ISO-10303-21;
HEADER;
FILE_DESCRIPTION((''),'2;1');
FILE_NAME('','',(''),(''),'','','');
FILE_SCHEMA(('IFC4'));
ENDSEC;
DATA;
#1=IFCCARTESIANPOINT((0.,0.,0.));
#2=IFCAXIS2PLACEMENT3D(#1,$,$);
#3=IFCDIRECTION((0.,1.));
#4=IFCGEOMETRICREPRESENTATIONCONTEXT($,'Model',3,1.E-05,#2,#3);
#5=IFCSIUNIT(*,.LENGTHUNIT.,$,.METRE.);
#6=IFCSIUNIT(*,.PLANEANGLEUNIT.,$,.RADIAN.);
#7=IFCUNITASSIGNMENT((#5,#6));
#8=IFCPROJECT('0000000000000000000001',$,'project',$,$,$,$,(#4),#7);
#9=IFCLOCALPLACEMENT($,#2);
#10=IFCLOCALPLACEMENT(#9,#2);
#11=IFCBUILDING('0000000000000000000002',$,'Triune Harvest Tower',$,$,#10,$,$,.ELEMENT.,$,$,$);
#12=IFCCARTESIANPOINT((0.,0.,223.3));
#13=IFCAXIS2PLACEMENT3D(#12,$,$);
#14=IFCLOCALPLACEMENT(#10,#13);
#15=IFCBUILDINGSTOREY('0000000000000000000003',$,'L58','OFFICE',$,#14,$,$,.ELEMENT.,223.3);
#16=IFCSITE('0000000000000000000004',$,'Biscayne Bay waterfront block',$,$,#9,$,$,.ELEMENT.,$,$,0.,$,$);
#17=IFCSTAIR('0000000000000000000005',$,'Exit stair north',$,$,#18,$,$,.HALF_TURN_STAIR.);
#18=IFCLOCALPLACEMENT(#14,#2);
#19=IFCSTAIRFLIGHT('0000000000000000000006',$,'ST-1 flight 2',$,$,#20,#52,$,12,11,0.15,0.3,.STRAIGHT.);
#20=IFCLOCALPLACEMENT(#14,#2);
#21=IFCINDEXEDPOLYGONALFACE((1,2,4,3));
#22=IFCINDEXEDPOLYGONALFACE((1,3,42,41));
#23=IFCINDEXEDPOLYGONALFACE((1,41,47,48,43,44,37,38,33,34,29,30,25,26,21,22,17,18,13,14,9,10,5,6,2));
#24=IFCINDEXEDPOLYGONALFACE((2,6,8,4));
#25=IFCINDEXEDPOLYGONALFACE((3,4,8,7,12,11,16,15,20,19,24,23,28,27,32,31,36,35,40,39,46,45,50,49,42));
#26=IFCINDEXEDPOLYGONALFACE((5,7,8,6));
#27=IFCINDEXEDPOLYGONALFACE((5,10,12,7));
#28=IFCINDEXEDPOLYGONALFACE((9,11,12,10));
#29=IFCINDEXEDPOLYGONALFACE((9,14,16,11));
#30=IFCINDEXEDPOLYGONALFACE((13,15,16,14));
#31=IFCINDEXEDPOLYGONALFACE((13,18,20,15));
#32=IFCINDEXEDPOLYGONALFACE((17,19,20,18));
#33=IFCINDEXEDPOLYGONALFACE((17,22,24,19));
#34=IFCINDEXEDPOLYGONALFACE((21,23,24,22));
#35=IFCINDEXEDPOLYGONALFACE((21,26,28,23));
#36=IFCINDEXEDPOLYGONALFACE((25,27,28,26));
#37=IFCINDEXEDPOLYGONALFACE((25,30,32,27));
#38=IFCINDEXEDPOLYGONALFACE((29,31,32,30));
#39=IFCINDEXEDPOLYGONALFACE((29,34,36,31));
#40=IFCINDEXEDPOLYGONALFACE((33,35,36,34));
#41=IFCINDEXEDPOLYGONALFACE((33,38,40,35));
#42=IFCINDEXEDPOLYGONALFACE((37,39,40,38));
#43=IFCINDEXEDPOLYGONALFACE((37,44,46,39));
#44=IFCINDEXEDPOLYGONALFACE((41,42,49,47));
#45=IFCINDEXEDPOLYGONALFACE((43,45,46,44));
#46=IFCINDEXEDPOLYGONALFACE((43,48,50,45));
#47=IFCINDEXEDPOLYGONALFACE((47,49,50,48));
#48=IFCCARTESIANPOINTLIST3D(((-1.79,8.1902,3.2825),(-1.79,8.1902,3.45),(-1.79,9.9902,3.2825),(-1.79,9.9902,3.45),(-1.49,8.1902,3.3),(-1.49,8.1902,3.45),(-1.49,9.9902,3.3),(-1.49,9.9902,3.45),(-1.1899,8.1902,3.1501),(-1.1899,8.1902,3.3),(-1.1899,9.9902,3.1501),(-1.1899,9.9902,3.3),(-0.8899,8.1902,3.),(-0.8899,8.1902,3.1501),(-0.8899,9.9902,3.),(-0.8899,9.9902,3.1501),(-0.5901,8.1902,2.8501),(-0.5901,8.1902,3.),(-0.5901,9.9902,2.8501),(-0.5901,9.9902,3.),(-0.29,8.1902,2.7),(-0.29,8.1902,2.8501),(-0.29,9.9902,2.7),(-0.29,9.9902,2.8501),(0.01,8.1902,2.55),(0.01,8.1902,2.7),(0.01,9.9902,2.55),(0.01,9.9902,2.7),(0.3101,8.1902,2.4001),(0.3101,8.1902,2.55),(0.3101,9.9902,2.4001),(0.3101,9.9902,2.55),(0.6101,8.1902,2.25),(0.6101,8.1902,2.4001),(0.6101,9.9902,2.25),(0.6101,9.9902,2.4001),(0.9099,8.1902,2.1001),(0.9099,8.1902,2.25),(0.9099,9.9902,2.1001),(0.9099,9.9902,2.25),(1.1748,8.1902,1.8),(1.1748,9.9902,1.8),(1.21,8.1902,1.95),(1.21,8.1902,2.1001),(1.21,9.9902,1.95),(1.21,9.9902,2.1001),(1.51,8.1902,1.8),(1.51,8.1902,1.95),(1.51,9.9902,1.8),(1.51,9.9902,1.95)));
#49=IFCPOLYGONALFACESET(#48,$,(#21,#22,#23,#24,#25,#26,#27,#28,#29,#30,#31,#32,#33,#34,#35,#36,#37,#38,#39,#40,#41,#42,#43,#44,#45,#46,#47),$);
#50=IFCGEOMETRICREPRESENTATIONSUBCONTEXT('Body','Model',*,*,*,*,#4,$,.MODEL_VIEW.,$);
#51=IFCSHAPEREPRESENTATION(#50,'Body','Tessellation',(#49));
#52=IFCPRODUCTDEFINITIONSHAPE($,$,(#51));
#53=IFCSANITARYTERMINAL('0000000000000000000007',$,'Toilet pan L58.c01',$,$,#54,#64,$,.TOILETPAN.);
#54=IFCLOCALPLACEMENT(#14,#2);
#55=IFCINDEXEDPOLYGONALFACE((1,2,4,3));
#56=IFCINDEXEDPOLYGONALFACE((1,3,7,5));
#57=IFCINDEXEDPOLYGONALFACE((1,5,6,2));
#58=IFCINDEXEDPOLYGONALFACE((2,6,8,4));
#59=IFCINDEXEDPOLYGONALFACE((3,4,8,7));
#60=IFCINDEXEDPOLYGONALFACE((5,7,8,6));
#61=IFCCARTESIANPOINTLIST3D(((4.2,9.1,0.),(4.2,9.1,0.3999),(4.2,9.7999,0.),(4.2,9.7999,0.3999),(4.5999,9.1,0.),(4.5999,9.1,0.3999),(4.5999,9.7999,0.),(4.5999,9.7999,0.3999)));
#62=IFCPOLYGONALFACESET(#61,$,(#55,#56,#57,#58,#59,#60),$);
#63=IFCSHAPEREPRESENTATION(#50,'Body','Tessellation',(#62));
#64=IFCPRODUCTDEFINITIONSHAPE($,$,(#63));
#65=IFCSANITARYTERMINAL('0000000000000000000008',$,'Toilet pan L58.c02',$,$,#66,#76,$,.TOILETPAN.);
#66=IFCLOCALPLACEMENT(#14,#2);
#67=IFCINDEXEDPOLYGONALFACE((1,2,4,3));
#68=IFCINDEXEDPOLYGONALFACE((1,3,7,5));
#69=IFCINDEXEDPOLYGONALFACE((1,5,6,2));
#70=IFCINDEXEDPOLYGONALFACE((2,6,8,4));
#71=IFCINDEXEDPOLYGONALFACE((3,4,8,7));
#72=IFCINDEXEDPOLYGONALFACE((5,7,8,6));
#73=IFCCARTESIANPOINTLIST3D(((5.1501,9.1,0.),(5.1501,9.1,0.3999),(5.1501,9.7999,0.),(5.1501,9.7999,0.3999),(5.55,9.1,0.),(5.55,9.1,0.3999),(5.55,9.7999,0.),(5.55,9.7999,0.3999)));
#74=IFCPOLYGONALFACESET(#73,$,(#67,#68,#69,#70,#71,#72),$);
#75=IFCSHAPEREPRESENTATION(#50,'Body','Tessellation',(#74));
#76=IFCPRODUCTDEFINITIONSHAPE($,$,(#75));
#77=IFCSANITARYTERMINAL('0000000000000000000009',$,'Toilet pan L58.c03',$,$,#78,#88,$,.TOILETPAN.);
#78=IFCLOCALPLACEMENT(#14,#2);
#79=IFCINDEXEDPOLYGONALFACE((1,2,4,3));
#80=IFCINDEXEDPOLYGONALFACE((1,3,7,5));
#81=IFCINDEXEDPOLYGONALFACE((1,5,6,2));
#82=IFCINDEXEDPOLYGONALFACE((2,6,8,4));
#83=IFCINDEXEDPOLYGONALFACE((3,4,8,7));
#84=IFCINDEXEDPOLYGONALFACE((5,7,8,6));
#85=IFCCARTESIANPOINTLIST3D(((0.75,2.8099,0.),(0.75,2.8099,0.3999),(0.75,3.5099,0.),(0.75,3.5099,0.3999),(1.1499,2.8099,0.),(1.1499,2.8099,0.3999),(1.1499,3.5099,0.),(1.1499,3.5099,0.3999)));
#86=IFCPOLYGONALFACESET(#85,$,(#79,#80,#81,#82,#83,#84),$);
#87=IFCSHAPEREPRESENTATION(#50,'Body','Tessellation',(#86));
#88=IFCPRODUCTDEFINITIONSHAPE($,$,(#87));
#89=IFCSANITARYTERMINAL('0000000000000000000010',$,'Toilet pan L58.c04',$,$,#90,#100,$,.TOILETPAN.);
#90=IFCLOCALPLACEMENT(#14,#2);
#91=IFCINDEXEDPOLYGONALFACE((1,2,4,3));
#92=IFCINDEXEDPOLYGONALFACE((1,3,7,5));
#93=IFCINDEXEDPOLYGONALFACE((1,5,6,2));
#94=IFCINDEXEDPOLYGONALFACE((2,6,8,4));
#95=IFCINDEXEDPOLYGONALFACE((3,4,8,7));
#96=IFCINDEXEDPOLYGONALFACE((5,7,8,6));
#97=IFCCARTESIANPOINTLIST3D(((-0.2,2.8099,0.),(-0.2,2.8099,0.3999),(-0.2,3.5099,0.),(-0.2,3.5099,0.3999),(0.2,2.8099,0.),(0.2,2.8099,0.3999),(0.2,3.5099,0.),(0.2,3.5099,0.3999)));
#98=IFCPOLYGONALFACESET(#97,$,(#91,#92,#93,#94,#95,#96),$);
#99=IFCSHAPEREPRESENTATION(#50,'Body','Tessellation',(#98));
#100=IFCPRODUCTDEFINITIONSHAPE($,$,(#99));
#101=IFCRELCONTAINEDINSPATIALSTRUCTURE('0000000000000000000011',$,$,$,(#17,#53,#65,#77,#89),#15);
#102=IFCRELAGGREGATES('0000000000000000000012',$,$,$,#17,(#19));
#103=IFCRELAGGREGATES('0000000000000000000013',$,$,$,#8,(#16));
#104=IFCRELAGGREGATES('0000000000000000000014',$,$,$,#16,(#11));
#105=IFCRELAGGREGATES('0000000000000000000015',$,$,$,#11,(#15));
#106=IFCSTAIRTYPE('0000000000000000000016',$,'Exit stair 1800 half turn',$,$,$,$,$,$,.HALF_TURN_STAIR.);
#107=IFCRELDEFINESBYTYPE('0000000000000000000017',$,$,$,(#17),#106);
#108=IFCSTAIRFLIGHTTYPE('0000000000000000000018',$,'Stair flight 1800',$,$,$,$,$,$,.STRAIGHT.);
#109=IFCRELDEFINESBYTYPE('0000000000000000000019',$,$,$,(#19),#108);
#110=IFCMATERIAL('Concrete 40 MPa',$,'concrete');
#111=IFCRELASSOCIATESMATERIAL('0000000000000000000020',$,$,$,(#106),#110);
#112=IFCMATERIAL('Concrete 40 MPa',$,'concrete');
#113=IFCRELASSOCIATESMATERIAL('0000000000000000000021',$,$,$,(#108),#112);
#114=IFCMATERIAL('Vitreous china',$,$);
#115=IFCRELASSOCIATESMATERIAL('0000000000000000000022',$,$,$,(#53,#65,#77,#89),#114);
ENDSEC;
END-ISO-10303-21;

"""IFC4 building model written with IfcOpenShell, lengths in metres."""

from ifc_helpers import new_model, si_unit, direction, frame, origin, origin_2d, place, context, subcontext, project, spatial, polyline, rectangle, outline, extrude, source, transform, mapped, material, type_object, element, aggregate, save


model = new_model("IFC4")

# Units and contexts
model_context = context("Model", 3, precision=1e-05, world=origin(), true_north=direction((0.0, 1.0)))
body_context = subcontext(model_context, "Body", "Model", "MODEL_VIEW")
ifc_project = project(units=[si_unit("LENGTHUNIT", "METRE"), si_unit("PLANEANGLEUNIT", "RADIAN")], contexts=[model_context])

# Site, building, storey
site_placement = place(None, origin())
site = spatial("IfcSite", under=ifc_project, at=site_placement, Name="Biscayne Bay waterfront block", CompositionType="ELEMENT", RefElevation=0.0)
building_placement = place(site_placement, origin())
building = spatial("IfcBuilding", under=site, at=building_placement, Name="Triune Harvest Tower", CompositionType="ELEMENT")
storey_placement = place(building_placement, frame((0.0, 0.0, 223.3)))
storey = spatial("IfcBuildingStorey", under=building, at=storey_placement, Name="L58", Description="OFFICE", CompositionType="ELEMENT", Elevation=223.3)

# Stair
ifc_material_1 = material(Name="Concrete 40 MPa", Category="concrete")
stair_type = type_object("IfcStairType", Name="Exit stair 1800 half turn", PredefinedType="HALF_TURN_STAIR", material=ifc_material_1)
stair_1_placement = place(storey_placement, origin())
stair_1 = element("IfcStair", 1, at=stair_1_placement, inside=storey, type_object=stair_type, Name="Exit stair north", PredefinedType="HALF_TURN_STAIR")

# Stair flight
ifc_material_2 = material(Name="Concrete 40 MPa", Category="concrete")
stair_flight_type = type_object("IfcStairFlightType", Name="Stair flight 1800", PredefinedType="STRAIGHT", material=ifc_material_2)
shared_shape_1 = source(origin(), body_context, "Body", "SweptSolid", [
    extrude(outline(polyline([(0.0, 0.0), (0.0, 0.1499), (0.3, 0.1499), (0.3, 0.3), (0.6001, 0.3), (0.6001, 0.45), (0.8999, 0.45), (0.8999, 0.6001), (1.2, 0.6001), (1.2, 0.75), (1.5, 0.75), (1.5, 0.8999), (1.8, 0.8999), (1.8, 1.05), (2.1001, 1.05), (2.1001, 1.2), (2.3999, 1.2), (2.3999, 1.3501), (2.7, 1.3501), (2.7, 1.5), (3.0, 1.5), (3.0, 1.6499), (3.3, 1.6499), (3.3, 1.8), (3.3, 1.4824), (0.3352, 0.0), (0.0, 0.0)])), frame((0.0, 0.8999, 0.0), z_axis=(0.0, -1.0, 0.0), x_axis=(1.0, 0.0, 0.0)), (0.0, 0.0, 1.0), 1.8),
])
stair_flight_placement = place(storey_placement, frame((1.51, 9.0901, 1.8), z_axis=(0.0, 0.0, 1.0), x_axis=(-1.0, 0.0, 0.0)))
stair_flight = element("IfcStairFlight", 2, at=stair_flight_placement, type_object=stair_flight_type, Name="ST-1 flight 2", NumberOfRisers=12, NumberOfTreads=11, PredefinedType="STRAIGHT", RiserHeight=0.15, TreadLength=0.3, context=body_context, shape_type="MappedRepresentation", body=[
    mapped(shared_shape_1, transform((0.0, 0.0, 0.0), scale=1.0)),
])
aggregate(stair_1, [stair_flight])

# Sanitary terminals
ifc_material_3 = material(Name="Vitreous china")
shared_shape_2 = source(origin(), body_context, "Body", "SweptSolid", [
    extrude(rectangle(XDim=0.3999, YDim=0.7, at=origin_2d()), origin(), (0.0, 0.0, 1.0), 0.3999),
])
for number, where, z_axis, x_axis, name in (
    (3, (4.3999, 9.45, 0.0), (0.0, 0.0, 1.0), (1.0, 0.0, 0.0), "Toilet pan L58.c01"),
    (4, (5.3501, 9.45, 0.0), (0.0, 0.0, 1.0), (1.0, 0.0, 0.0), "Toilet pan L58.c02"),
    (5, (0.95, 3.1599, 0.0), (0.0, 0.0, 1.0), (-1.0, 0.0, 0.0), "Toilet pan L58.c03"),
    (6, (0.0, 3.1599, 0.0), (0.0, 0.0, 1.0), (-1.0, 0.0, 0.0), "Toilet pan L58.c04"),
):
    element("IfcSanitaryTerminal", number, at=place(storey_placement, frame(where, z_axis=z_axis, x_axis=x_axis)), inside=storey, material=ifc_material_3, Name=name, PredefinedType="TOILETPAN", context=body_context, shape_type="MappedRepresentation", body=[
        mapped(shared_shape_2, transform((0.0, 0.0, 0.0), scale=1.0)),
    ])

save(model, "model.ifc")
